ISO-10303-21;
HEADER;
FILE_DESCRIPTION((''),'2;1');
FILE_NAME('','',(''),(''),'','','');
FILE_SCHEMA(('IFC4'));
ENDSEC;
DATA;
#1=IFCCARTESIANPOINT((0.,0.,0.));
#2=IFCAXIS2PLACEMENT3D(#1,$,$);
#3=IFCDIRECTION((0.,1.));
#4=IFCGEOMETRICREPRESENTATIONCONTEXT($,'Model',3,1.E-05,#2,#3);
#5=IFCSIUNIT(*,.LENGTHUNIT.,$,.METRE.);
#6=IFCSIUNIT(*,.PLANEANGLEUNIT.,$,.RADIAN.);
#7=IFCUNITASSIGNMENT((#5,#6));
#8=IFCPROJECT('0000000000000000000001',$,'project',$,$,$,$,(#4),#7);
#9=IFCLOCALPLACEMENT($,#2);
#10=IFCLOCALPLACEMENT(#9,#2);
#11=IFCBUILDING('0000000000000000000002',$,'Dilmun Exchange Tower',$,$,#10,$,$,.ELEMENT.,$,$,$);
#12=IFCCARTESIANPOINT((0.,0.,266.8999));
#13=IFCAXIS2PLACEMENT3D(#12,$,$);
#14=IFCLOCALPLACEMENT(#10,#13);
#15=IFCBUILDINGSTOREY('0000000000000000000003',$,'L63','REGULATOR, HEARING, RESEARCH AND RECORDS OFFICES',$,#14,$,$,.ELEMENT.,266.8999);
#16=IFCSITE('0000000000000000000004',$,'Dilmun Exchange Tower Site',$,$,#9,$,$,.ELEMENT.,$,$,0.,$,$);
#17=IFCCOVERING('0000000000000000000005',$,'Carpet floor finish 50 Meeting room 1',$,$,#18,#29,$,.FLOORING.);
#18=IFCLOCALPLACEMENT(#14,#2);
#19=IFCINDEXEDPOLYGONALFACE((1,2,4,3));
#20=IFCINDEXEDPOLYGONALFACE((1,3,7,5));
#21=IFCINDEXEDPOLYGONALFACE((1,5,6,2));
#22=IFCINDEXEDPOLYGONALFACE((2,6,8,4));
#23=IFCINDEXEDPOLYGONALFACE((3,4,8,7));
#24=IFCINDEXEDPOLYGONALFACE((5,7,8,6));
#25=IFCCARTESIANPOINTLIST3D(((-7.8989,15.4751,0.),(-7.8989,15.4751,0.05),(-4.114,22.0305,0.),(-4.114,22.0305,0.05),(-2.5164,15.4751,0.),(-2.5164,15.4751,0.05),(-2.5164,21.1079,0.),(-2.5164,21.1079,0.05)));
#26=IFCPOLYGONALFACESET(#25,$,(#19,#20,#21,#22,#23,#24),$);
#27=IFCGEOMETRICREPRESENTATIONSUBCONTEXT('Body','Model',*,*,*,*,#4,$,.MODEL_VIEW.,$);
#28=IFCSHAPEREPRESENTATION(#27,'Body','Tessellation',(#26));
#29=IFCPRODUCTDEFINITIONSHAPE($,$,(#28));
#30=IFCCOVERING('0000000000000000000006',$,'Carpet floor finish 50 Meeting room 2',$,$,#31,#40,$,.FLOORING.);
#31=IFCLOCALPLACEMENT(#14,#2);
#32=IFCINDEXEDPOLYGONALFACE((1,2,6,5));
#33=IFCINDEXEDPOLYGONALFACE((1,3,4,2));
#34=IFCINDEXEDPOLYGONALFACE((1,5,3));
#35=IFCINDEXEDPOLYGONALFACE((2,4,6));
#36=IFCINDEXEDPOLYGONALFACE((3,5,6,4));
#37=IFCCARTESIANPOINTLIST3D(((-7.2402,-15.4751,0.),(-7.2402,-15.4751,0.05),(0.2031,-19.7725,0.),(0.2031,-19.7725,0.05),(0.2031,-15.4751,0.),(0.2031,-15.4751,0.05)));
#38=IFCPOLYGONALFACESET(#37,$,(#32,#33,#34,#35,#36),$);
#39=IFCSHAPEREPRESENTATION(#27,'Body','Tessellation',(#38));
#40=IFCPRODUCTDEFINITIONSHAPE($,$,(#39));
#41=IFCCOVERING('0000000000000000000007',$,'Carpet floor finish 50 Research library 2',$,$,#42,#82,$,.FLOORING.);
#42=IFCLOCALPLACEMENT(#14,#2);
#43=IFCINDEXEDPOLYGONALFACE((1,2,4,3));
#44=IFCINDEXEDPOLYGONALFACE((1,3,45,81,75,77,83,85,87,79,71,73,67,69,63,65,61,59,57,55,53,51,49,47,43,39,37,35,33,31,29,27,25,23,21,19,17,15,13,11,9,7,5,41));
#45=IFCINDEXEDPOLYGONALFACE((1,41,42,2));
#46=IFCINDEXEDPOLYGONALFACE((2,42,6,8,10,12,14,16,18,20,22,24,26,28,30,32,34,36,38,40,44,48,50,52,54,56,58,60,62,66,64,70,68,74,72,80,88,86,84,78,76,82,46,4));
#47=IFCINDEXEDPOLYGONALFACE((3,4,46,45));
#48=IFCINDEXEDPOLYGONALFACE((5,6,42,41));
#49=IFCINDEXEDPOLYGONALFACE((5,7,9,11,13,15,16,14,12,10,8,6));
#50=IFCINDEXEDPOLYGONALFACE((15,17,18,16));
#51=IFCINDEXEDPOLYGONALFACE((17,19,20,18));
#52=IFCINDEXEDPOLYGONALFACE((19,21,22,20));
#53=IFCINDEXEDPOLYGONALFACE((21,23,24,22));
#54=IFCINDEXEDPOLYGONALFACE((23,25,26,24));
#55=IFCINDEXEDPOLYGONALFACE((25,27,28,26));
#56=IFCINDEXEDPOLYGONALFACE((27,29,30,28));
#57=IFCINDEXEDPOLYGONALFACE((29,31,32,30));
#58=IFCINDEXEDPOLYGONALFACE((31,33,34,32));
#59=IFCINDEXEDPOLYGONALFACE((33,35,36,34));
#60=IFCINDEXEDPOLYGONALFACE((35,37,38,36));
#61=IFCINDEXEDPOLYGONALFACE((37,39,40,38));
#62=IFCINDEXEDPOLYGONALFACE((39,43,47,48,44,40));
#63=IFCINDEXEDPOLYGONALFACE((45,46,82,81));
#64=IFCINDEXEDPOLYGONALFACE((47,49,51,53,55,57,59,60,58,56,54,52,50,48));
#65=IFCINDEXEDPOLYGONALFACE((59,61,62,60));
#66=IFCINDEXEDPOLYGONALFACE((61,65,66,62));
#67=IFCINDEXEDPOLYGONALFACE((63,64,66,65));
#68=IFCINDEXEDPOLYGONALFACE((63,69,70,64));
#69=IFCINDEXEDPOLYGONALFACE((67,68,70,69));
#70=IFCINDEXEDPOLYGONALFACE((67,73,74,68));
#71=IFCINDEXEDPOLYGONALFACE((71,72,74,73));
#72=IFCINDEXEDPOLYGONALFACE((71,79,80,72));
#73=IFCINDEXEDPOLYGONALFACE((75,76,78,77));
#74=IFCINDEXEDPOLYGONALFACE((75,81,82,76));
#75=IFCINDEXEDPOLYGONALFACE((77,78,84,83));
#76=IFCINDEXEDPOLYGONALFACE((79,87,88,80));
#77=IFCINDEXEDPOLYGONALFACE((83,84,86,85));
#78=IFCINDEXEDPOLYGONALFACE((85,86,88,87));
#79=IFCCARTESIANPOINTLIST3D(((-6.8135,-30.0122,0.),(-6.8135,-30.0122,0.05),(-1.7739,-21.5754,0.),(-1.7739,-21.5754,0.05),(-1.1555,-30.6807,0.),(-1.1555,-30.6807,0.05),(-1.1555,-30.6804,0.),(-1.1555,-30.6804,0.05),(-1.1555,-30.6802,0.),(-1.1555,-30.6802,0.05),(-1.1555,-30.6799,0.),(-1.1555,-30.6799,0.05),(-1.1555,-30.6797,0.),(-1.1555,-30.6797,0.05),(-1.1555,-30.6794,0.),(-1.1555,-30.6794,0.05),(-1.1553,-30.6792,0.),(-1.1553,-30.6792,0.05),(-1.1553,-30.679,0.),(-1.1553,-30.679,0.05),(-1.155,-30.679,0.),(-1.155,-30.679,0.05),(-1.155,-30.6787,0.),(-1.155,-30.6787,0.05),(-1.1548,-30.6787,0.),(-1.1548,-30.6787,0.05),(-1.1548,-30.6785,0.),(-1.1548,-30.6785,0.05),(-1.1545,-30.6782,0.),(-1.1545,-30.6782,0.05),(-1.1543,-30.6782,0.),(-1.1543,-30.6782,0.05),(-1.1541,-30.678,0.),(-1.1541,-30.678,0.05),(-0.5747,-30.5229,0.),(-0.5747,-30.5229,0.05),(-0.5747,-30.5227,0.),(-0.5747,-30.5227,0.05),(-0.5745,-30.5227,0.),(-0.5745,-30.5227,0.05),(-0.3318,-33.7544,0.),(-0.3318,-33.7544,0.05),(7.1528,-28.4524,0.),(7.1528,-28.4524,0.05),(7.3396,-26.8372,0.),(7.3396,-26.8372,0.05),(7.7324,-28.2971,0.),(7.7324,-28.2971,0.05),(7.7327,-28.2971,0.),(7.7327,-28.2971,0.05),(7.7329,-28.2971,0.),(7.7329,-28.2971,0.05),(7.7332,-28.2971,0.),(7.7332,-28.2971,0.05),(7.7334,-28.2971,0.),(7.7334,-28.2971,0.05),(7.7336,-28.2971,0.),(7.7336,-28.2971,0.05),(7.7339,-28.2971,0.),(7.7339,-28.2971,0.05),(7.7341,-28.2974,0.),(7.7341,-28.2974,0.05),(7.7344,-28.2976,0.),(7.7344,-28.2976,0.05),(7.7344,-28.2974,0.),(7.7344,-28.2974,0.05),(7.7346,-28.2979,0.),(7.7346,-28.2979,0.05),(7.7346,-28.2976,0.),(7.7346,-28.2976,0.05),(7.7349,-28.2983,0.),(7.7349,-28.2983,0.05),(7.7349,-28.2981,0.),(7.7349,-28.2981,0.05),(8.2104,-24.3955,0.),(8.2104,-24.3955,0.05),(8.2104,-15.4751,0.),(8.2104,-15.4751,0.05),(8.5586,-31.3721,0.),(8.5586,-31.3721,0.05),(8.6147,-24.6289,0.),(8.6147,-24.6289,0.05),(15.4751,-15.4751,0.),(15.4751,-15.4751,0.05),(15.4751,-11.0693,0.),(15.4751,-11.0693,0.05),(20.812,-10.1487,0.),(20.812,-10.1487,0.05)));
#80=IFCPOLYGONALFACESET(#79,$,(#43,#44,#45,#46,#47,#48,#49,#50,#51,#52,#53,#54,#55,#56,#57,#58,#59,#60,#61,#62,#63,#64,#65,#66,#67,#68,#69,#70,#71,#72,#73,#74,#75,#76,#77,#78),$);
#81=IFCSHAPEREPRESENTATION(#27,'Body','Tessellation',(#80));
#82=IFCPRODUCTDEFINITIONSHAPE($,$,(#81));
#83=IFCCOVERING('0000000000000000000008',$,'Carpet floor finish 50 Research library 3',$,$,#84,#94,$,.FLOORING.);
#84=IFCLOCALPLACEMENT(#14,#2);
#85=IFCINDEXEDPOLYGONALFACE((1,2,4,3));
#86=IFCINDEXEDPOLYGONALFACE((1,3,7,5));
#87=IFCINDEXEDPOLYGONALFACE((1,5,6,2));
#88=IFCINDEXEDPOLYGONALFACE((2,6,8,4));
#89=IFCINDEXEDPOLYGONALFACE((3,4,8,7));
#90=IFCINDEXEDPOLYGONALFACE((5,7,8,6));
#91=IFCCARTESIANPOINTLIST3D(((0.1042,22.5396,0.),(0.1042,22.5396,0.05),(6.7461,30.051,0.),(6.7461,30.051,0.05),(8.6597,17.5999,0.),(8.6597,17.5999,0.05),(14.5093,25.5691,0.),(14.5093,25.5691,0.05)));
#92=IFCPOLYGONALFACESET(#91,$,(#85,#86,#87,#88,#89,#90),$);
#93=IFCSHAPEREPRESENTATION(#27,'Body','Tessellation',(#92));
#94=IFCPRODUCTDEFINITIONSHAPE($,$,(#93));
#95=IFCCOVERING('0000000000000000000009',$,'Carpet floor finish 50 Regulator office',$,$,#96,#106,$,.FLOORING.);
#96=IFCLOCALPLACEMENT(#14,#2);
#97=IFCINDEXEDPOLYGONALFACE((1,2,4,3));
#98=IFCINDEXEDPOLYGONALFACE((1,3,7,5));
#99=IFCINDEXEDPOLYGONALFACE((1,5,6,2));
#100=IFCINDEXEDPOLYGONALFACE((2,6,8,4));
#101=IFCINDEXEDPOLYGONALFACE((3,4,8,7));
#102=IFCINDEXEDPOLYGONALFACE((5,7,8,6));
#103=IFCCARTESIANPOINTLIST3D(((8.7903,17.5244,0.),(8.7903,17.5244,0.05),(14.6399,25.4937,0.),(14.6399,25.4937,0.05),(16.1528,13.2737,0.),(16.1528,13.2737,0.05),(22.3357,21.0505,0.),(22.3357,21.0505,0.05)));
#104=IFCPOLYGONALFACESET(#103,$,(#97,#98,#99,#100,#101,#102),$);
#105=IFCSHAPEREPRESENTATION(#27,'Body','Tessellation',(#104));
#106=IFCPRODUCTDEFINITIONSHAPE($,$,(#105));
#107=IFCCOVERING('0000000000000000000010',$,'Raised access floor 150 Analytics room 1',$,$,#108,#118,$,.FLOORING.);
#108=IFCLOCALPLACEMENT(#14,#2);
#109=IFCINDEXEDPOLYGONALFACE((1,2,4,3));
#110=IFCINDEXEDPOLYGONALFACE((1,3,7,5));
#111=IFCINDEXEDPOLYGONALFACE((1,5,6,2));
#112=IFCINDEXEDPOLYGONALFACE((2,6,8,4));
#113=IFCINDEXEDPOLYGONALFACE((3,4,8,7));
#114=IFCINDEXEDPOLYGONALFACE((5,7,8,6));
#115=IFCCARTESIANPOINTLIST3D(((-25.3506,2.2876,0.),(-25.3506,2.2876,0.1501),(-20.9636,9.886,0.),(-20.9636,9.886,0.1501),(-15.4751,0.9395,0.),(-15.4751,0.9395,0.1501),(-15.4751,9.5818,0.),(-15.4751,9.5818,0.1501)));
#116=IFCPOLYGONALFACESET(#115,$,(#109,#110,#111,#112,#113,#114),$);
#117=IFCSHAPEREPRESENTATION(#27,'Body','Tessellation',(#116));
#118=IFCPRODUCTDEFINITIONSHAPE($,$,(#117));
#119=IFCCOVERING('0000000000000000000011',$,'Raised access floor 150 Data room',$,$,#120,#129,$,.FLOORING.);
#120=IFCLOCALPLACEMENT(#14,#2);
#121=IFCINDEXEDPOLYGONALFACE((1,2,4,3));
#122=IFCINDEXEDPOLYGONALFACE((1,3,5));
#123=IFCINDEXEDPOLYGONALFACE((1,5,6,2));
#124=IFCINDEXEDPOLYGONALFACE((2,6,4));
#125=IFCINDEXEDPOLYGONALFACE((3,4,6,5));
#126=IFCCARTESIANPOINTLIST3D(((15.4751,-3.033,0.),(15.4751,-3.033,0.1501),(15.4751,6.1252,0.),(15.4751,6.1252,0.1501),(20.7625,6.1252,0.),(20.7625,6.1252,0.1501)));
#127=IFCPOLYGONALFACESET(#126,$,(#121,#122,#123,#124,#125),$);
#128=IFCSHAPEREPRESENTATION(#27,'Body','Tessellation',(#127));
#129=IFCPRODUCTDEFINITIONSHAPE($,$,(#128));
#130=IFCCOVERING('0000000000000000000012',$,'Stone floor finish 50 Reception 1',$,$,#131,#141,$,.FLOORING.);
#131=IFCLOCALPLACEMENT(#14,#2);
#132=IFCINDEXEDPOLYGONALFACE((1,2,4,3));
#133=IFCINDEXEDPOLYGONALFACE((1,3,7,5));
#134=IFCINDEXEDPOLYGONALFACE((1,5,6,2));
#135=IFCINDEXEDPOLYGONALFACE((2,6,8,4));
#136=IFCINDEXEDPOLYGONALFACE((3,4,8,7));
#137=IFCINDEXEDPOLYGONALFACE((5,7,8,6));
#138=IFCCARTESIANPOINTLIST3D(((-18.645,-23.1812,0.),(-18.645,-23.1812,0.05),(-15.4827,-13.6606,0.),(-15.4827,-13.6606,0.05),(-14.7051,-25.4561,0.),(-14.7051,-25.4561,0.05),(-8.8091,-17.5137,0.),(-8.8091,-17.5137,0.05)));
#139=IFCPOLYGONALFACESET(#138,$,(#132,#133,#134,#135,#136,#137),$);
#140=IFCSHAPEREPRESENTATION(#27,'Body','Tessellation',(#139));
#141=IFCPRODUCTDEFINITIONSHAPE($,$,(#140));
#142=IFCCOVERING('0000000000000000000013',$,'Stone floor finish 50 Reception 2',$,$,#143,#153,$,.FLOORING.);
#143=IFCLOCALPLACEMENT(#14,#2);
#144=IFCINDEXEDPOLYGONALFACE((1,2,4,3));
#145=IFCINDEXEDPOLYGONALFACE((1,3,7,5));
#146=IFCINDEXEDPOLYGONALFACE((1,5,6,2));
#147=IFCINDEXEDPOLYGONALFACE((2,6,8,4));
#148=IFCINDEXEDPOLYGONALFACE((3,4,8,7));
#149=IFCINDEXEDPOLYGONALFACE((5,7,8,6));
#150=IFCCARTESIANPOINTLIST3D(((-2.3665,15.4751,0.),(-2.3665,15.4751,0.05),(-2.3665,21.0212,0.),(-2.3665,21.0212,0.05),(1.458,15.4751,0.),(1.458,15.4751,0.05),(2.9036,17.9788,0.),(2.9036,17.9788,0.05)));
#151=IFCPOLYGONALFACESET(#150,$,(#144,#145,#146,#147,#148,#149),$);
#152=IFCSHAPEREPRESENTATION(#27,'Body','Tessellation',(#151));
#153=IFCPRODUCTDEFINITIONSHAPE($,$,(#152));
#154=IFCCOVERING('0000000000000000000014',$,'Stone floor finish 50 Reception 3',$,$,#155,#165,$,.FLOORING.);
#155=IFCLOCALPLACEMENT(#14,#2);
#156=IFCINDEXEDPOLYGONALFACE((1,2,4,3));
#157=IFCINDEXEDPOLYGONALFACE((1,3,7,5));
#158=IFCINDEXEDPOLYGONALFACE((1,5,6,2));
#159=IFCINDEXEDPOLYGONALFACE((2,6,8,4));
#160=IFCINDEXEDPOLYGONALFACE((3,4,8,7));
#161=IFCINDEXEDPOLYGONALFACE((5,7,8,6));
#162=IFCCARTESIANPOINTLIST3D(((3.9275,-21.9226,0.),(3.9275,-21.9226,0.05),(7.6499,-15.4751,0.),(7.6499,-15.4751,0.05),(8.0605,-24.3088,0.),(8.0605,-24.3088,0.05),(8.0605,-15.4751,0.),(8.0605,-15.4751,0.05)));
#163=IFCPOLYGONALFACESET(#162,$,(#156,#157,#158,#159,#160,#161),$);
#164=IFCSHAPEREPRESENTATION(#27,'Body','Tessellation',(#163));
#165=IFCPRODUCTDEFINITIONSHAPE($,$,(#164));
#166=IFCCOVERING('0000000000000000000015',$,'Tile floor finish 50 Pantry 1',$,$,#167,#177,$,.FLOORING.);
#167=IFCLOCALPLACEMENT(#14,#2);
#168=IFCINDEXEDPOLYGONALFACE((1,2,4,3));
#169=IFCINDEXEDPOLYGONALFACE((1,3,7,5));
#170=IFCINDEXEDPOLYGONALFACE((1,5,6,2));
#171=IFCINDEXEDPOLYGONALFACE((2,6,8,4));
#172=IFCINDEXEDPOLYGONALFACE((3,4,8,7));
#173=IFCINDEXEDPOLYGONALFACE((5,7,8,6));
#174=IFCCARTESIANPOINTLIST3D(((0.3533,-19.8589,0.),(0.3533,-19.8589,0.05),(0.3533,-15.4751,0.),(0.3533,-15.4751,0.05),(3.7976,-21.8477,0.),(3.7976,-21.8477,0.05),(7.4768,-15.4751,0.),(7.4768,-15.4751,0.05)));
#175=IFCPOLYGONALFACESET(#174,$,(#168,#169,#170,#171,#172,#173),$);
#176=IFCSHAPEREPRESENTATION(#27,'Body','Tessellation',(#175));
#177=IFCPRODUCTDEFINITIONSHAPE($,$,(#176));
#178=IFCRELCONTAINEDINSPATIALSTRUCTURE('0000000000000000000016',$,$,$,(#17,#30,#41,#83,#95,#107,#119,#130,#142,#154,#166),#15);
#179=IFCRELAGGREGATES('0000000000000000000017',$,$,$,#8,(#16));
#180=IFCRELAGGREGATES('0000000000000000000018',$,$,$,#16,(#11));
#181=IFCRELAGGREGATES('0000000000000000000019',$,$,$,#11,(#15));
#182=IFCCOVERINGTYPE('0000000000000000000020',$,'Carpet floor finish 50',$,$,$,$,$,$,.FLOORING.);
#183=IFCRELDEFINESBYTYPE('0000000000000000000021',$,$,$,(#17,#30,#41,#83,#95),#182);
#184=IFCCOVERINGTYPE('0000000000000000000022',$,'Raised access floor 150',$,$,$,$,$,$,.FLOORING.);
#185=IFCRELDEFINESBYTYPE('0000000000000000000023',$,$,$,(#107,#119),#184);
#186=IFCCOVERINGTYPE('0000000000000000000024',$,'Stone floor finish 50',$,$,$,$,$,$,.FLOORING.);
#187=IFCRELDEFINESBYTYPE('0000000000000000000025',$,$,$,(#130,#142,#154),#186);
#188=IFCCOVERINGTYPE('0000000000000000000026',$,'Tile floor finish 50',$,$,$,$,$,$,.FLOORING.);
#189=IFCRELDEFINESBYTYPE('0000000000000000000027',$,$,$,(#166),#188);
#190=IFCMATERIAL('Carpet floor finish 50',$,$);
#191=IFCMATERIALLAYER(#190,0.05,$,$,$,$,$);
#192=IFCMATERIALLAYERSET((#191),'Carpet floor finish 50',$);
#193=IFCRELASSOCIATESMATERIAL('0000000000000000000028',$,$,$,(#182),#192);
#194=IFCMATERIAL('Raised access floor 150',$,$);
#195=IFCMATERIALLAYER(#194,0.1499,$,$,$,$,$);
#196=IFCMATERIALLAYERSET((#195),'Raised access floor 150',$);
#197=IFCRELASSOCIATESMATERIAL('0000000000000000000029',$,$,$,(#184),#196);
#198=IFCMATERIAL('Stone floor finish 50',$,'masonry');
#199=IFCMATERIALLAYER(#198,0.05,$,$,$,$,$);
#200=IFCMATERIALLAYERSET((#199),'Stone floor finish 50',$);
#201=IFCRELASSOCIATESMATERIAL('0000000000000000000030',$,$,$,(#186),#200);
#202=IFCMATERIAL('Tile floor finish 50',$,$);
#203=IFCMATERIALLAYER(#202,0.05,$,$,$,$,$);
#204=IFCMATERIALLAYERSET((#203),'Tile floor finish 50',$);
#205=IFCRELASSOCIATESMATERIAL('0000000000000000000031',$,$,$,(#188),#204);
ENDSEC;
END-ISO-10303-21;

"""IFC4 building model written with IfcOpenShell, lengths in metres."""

from ifc_helpers import new_model, si_unit, direction, frame, origin, place, context, subcontext, project, spatial, polyline, outline, extrude, material, layer, layer_set, type_object, element, save


model = new_model("IFC4")

# Units and contexts
model_context = context("Model", 3, precision=1e-05, world=origin(), true_north=direction((0.0, 1.0)))
body_context = subcontext(model_context, "Body", "Model", "MODEL_VIEW")
ifc_project = project(units=[si_unit("LENGTHUNIT", "METRE"), si_unit("PLANEANGLEUNIT", "RADIAN")], contexts=[model_context])

# Site, building, storey
site_placement = place(None, origin())
site = spatial("IfcSite", under=ifc_project, at=site_placement, Name="Dilmun Exchange Tower Site", CompositionType="ELEMENT", RefElevation=0.0)
building_placement = place(site_placement, origin())
building = spatial("IfcBuilding", under=site, at=building_placement, Name="Dilmun Exchange Tower", CompositionType="ELEMENT")
storey_placement = place(building_placement, frame((0.0, 0.0, 266.8999)))
storey = spatial("IfcBuildingStorey", under=building, at=storey_placement, Name="L63", Description="REGULATOR, HEARING, RESEARCH AND RECORDS OFFICES", CompositionType="ELEMENT", Elevation=266.8999)

# Coverings
ifc_material_1 = material(Name="Carpet floor finish 50")
ifc_layer_1 = layer(ifc_material_1, 0.05)
ifc_layer_set_1 = layer_set([ifc_layer_1], Name="Carpet floor finish 50")
covering_type_1 = type_object("IfcCoveringType", Name="Carpet floor finish 50", PredefinedType="FLOORING", material=ifc_layer_set_1)
covering_1_placement = place(storey_placement, origin())
element("IfcCovering", 1, at=covering_1_placement, inside=storey, type_object=covering_type_1, Name="Carpet floor finish 50 Meeting room 1", PredefinedType="FLOORING", context=body_context, shape_type="SweptSolid", body=[
    extrude(outline(polyline([(-4.114, 22.0305), (-2.5164, 21.1079), (-2.5164, 15.4751), (-7.8989, 15.4751), (-4.114, 22.0305)])), origin(), (0.0, 0.0, 1.0), 0.05),
])
covering_2_placement = place(storey_placement, origin())
element("IfcCovering", 2, at=covering_2_placement, inside=storey, type_object=covering_type_1, Name="Carpet floor finish 50 Meeting room 2", PredefinedType="FLOORING", context=body_context, shape_type="SweptSolid", body=[
    extrude(outline(polyline([(0.2031, -15.4751), (0.2031, -19.7725), (-7.2402, -15.4751), (0.2031, -15.4751)])), origin(), (0.0, 0.0, 1.0), 0.05),
])
covering_3_placement = place(storey_placement, origin())
element("IfcCovering", 3, at=covering_3_placement, inside=storey, type_object=covering_type_1, Name="Carpet floor finish 50 Research library 2", PredefinedType="FLOORING", context=body_context, shape_type="SweptSolid", body=[
    extrude(outline(polyline([(-1.7739, -21.5754), (7.3396, -26.8372), (8.6147, -24.6289), (8.2104, -24.3955), (8.2104, -15.4751), (15.4751, -15.4751), (15.4751, -11.0693), (20.812, -10.1487), (8.5586, -31.3721), (7.7349, -28.2983), (7.7349, -28.2981), (7.7349, -28.2981), (7.7346, -28.2979), (7.7346, -28.2976), (7.7344, -28.2976), (7.7344, -28.2974), (7.7341, -28.2974), (7.7339, -28.2971), (7.7339, -28.2971), (7.7336, -28.2971), (7.7334, -28.2971), (7.7332, -28.2971), (7.7329, -28.2971), (7.7329, -28.2971), (7.7327, -28.2971), (7.7324, -28.2971), (7.1528, -28.4524), (-0.5745, -30.5227), (-0.5747, -30.5227), (-0.5747, -30.5229), (-0.5747, -30.5229), (-1.1541, -30.678), (-1.1543, -30.6782), (-1.1543, -30.6782), (-1.1545, -30.6782), (-1.1548, -30.6785), (-1.1548, -30.6787), (-1.155, -30.6787), (-1.155, -30.679), (-1.1553, -30.679), (-1.1553, -30.6792), (-1.1555, -30.6794), (-1.1555, -30.6797), (-1.1555, -30.6797), (-1.1555, -30.6799), (-1.1555, -30.6802), (-1.1555, -30.6804), (-1.1555, -30.6807), (-0.3318, -33.7544), (-6.8135, -30.0122), (-1.7739, -21.5754)])), origin(), (0.0, 0.0, 1.0), 0.05),
])
covering_4_placement = place(storey_placement, origin())
element("IfcCovering", 4, at=covering_4_placement, inside=storey, type_object=covering_type_1, Name="Carpet floor finish 50 Research library 3", PredefinedType="FLOORING", context=body_context, shape_type="SweptSolid", body=[
    extrude(outline(polyline([(0.1042, 22.5396), (6.7461, 30.051), (14.5093, 25.5691), (8.6597, 17.5999), (0.1042, 22.5396)])), origin(), (0.0, 0.0, 1.0), 0.05),
])
covering_5_placement = place(storey_placement, origin())
element("IfcCovering", 5, at=covering_5_placement, inside=storey, type_object=covering_type_1, Name="Carpet floor finish 50 Regulator office", PredefinedType="FLOORING", context=body_context, shape_type="SweptSolid", body=[
    extrude(outline(polyline([(16.1528, 13.2737), (8.7903, 17.5244), (14.6399, 25.4937), (22.3357, 21.0505), (16.1528, 13.2737)])), origin(), (0.0, 0.0, 1.0), 0.05),
])
ifc_material_2 = material(Name="Raised access floor 150")
ifc_layer_2 = layer(ifc_material_2, 0.1499)
ifc_layer_set_2 = layer_set([ifc_layer_2], Name="Raised access floor 150")
covering_type_2 = type_object("IfcCoveringType", Name="Raised access floor 150", PredefinedType="FLOORING", material=ifc_layer_set_2)
covering_6_placement = place(storey_placement, origin())
element("IfcCovering", 6, at=covering_6_placement, inside=storey, type_object=covering_type_2, Name="Raised access floor 150 Analytics room 1", PredefinedType="FLOORING", context=body_context, shape_type="SweptSolid", body=[
    extrude(outline(polyline([(-15.4751, 9.5818), (-15.4751, 0.9395), (-25.3506, 2.2876), (-20.9636, 9.886), (-15.4751, 9.5818)])), origin(), (0.0, 0.0, 1.0), 0.1501),
])
covering_7_placement = place(storey_placement, origin())
element("IfcCovering", 7, at=covering_7_placement, inside=storey, type_object=covering_type_2, Name="Raised access floor 150 Data room", PredefinedType="FLOORING", context=body_context, shape_type="SweptSolid", body=[
    extrude(outline(polyline([(20.7625, 6.1252), (15.4751, -3.033), (15.4751, 6.1252), (20.7625, 6.1252)])), origin(), (0.0, 0.0, 1.0), 0.1501),
])
ifc_material_3 = material(Name="Stone floor finish 50", Category="masonry")
ifc_layer_3 = layer(ifc_material_3, 0.05)
ifc_layer_set_3 = layer_set([ifc_layer_3], Name="Stone floor finish 50")
covering_type_3 = type_object("IfcCoveringType", Name="Stone floor finish 50", PredefinedType="FLOORING", material=ifc_layer_set_3)
covering_8_placement = place(storey_placement, origin())
element("IfcCovering", 8, at=covering_8_placement, inside=storey, type_object=covering_type_3, Name="Stone floor finish 50 Reception 1", PredefinedType="FLOORING", context=body_context, shape_type="SweptSolid", body=[
    extrude(outline(polyline([(-15.4827, -13.6606), (-8.8091, -17.5137), (-14.7051, -25.4561), (-18.645, -23.1812), (-15.4827, -13.6606)])), origin(), (0.0, 0.0, 1.0), 0.05),
])
covering_9_placement = place(storey_placement, origin())
element("IfcCovering", 9, at=covering_9_placement, inside=storey, type_object=covering_type_3, Name="Stone floor finish 50 Reception 2", PredefinedType="FLOORING", context=body_context, shape_type="SweptSolid", body=[
    extrude(outline(polyline([(-2.3665, 21.0212), (2.9036, 17.9788), (1.458, 15.4751), (-2.3665, 15.4751), (-2.3665, 21.0212)])), origin(), (0.0, 0.0, 1.0), 0.05),
])
covering_10_placement = place(storey_placement, origin())
element("IfcCovering", 10, at=covering_10_placement, inside=storey, type_object=covering_type_3, Name="Stone floor finish 50 Reception 3", PredefinedType="FLOORING", context=body_context, shape_type="SweptSolid", body=[
    extrude(outline(polyline([(8.0605, -15.4751), (8.0605, -24.3088), (3.9275, -21.9226), (7.6499, -15.4751), (8.0605, -15.4751)])), origin(), (0.0, 0.0, 1.0), 0.05),
])
ifc_material_4 = material(Name="Tile floor finish 50")
ifc_layer_4 = layer(ifc_material_4, 0.05)
ifc_layer_set_4 = layer_set([ifc_layer_4], Name="Tile floor finish 50")
covering_type_4 = type_object("IfcCoveringType", Name="Tile floor finish 50", PredefinedType="FLOORING", material=ifc_layer_set_4)
covering_11_placement = place(storey_placement, origin())
element("IfcCovering", 11, at=covering_11_placement, inside=storey, type_object=covering_type_4, Name="Tile floor finish 50 Pantry 1", PredefinedType="FLOORING", context=body_context, shape_type="SweptSolid", body=[
    extrude(outline(polyline([(0.3533, -15.4751), (7.4768, -15.4751), (3.7976, -21.8477), (0.3533, -19.8589), (0.3533, -15.4751)])), origin(), (0.0, 0.0, 1.0), 0.05),
])

save(model, "model.ifc")
